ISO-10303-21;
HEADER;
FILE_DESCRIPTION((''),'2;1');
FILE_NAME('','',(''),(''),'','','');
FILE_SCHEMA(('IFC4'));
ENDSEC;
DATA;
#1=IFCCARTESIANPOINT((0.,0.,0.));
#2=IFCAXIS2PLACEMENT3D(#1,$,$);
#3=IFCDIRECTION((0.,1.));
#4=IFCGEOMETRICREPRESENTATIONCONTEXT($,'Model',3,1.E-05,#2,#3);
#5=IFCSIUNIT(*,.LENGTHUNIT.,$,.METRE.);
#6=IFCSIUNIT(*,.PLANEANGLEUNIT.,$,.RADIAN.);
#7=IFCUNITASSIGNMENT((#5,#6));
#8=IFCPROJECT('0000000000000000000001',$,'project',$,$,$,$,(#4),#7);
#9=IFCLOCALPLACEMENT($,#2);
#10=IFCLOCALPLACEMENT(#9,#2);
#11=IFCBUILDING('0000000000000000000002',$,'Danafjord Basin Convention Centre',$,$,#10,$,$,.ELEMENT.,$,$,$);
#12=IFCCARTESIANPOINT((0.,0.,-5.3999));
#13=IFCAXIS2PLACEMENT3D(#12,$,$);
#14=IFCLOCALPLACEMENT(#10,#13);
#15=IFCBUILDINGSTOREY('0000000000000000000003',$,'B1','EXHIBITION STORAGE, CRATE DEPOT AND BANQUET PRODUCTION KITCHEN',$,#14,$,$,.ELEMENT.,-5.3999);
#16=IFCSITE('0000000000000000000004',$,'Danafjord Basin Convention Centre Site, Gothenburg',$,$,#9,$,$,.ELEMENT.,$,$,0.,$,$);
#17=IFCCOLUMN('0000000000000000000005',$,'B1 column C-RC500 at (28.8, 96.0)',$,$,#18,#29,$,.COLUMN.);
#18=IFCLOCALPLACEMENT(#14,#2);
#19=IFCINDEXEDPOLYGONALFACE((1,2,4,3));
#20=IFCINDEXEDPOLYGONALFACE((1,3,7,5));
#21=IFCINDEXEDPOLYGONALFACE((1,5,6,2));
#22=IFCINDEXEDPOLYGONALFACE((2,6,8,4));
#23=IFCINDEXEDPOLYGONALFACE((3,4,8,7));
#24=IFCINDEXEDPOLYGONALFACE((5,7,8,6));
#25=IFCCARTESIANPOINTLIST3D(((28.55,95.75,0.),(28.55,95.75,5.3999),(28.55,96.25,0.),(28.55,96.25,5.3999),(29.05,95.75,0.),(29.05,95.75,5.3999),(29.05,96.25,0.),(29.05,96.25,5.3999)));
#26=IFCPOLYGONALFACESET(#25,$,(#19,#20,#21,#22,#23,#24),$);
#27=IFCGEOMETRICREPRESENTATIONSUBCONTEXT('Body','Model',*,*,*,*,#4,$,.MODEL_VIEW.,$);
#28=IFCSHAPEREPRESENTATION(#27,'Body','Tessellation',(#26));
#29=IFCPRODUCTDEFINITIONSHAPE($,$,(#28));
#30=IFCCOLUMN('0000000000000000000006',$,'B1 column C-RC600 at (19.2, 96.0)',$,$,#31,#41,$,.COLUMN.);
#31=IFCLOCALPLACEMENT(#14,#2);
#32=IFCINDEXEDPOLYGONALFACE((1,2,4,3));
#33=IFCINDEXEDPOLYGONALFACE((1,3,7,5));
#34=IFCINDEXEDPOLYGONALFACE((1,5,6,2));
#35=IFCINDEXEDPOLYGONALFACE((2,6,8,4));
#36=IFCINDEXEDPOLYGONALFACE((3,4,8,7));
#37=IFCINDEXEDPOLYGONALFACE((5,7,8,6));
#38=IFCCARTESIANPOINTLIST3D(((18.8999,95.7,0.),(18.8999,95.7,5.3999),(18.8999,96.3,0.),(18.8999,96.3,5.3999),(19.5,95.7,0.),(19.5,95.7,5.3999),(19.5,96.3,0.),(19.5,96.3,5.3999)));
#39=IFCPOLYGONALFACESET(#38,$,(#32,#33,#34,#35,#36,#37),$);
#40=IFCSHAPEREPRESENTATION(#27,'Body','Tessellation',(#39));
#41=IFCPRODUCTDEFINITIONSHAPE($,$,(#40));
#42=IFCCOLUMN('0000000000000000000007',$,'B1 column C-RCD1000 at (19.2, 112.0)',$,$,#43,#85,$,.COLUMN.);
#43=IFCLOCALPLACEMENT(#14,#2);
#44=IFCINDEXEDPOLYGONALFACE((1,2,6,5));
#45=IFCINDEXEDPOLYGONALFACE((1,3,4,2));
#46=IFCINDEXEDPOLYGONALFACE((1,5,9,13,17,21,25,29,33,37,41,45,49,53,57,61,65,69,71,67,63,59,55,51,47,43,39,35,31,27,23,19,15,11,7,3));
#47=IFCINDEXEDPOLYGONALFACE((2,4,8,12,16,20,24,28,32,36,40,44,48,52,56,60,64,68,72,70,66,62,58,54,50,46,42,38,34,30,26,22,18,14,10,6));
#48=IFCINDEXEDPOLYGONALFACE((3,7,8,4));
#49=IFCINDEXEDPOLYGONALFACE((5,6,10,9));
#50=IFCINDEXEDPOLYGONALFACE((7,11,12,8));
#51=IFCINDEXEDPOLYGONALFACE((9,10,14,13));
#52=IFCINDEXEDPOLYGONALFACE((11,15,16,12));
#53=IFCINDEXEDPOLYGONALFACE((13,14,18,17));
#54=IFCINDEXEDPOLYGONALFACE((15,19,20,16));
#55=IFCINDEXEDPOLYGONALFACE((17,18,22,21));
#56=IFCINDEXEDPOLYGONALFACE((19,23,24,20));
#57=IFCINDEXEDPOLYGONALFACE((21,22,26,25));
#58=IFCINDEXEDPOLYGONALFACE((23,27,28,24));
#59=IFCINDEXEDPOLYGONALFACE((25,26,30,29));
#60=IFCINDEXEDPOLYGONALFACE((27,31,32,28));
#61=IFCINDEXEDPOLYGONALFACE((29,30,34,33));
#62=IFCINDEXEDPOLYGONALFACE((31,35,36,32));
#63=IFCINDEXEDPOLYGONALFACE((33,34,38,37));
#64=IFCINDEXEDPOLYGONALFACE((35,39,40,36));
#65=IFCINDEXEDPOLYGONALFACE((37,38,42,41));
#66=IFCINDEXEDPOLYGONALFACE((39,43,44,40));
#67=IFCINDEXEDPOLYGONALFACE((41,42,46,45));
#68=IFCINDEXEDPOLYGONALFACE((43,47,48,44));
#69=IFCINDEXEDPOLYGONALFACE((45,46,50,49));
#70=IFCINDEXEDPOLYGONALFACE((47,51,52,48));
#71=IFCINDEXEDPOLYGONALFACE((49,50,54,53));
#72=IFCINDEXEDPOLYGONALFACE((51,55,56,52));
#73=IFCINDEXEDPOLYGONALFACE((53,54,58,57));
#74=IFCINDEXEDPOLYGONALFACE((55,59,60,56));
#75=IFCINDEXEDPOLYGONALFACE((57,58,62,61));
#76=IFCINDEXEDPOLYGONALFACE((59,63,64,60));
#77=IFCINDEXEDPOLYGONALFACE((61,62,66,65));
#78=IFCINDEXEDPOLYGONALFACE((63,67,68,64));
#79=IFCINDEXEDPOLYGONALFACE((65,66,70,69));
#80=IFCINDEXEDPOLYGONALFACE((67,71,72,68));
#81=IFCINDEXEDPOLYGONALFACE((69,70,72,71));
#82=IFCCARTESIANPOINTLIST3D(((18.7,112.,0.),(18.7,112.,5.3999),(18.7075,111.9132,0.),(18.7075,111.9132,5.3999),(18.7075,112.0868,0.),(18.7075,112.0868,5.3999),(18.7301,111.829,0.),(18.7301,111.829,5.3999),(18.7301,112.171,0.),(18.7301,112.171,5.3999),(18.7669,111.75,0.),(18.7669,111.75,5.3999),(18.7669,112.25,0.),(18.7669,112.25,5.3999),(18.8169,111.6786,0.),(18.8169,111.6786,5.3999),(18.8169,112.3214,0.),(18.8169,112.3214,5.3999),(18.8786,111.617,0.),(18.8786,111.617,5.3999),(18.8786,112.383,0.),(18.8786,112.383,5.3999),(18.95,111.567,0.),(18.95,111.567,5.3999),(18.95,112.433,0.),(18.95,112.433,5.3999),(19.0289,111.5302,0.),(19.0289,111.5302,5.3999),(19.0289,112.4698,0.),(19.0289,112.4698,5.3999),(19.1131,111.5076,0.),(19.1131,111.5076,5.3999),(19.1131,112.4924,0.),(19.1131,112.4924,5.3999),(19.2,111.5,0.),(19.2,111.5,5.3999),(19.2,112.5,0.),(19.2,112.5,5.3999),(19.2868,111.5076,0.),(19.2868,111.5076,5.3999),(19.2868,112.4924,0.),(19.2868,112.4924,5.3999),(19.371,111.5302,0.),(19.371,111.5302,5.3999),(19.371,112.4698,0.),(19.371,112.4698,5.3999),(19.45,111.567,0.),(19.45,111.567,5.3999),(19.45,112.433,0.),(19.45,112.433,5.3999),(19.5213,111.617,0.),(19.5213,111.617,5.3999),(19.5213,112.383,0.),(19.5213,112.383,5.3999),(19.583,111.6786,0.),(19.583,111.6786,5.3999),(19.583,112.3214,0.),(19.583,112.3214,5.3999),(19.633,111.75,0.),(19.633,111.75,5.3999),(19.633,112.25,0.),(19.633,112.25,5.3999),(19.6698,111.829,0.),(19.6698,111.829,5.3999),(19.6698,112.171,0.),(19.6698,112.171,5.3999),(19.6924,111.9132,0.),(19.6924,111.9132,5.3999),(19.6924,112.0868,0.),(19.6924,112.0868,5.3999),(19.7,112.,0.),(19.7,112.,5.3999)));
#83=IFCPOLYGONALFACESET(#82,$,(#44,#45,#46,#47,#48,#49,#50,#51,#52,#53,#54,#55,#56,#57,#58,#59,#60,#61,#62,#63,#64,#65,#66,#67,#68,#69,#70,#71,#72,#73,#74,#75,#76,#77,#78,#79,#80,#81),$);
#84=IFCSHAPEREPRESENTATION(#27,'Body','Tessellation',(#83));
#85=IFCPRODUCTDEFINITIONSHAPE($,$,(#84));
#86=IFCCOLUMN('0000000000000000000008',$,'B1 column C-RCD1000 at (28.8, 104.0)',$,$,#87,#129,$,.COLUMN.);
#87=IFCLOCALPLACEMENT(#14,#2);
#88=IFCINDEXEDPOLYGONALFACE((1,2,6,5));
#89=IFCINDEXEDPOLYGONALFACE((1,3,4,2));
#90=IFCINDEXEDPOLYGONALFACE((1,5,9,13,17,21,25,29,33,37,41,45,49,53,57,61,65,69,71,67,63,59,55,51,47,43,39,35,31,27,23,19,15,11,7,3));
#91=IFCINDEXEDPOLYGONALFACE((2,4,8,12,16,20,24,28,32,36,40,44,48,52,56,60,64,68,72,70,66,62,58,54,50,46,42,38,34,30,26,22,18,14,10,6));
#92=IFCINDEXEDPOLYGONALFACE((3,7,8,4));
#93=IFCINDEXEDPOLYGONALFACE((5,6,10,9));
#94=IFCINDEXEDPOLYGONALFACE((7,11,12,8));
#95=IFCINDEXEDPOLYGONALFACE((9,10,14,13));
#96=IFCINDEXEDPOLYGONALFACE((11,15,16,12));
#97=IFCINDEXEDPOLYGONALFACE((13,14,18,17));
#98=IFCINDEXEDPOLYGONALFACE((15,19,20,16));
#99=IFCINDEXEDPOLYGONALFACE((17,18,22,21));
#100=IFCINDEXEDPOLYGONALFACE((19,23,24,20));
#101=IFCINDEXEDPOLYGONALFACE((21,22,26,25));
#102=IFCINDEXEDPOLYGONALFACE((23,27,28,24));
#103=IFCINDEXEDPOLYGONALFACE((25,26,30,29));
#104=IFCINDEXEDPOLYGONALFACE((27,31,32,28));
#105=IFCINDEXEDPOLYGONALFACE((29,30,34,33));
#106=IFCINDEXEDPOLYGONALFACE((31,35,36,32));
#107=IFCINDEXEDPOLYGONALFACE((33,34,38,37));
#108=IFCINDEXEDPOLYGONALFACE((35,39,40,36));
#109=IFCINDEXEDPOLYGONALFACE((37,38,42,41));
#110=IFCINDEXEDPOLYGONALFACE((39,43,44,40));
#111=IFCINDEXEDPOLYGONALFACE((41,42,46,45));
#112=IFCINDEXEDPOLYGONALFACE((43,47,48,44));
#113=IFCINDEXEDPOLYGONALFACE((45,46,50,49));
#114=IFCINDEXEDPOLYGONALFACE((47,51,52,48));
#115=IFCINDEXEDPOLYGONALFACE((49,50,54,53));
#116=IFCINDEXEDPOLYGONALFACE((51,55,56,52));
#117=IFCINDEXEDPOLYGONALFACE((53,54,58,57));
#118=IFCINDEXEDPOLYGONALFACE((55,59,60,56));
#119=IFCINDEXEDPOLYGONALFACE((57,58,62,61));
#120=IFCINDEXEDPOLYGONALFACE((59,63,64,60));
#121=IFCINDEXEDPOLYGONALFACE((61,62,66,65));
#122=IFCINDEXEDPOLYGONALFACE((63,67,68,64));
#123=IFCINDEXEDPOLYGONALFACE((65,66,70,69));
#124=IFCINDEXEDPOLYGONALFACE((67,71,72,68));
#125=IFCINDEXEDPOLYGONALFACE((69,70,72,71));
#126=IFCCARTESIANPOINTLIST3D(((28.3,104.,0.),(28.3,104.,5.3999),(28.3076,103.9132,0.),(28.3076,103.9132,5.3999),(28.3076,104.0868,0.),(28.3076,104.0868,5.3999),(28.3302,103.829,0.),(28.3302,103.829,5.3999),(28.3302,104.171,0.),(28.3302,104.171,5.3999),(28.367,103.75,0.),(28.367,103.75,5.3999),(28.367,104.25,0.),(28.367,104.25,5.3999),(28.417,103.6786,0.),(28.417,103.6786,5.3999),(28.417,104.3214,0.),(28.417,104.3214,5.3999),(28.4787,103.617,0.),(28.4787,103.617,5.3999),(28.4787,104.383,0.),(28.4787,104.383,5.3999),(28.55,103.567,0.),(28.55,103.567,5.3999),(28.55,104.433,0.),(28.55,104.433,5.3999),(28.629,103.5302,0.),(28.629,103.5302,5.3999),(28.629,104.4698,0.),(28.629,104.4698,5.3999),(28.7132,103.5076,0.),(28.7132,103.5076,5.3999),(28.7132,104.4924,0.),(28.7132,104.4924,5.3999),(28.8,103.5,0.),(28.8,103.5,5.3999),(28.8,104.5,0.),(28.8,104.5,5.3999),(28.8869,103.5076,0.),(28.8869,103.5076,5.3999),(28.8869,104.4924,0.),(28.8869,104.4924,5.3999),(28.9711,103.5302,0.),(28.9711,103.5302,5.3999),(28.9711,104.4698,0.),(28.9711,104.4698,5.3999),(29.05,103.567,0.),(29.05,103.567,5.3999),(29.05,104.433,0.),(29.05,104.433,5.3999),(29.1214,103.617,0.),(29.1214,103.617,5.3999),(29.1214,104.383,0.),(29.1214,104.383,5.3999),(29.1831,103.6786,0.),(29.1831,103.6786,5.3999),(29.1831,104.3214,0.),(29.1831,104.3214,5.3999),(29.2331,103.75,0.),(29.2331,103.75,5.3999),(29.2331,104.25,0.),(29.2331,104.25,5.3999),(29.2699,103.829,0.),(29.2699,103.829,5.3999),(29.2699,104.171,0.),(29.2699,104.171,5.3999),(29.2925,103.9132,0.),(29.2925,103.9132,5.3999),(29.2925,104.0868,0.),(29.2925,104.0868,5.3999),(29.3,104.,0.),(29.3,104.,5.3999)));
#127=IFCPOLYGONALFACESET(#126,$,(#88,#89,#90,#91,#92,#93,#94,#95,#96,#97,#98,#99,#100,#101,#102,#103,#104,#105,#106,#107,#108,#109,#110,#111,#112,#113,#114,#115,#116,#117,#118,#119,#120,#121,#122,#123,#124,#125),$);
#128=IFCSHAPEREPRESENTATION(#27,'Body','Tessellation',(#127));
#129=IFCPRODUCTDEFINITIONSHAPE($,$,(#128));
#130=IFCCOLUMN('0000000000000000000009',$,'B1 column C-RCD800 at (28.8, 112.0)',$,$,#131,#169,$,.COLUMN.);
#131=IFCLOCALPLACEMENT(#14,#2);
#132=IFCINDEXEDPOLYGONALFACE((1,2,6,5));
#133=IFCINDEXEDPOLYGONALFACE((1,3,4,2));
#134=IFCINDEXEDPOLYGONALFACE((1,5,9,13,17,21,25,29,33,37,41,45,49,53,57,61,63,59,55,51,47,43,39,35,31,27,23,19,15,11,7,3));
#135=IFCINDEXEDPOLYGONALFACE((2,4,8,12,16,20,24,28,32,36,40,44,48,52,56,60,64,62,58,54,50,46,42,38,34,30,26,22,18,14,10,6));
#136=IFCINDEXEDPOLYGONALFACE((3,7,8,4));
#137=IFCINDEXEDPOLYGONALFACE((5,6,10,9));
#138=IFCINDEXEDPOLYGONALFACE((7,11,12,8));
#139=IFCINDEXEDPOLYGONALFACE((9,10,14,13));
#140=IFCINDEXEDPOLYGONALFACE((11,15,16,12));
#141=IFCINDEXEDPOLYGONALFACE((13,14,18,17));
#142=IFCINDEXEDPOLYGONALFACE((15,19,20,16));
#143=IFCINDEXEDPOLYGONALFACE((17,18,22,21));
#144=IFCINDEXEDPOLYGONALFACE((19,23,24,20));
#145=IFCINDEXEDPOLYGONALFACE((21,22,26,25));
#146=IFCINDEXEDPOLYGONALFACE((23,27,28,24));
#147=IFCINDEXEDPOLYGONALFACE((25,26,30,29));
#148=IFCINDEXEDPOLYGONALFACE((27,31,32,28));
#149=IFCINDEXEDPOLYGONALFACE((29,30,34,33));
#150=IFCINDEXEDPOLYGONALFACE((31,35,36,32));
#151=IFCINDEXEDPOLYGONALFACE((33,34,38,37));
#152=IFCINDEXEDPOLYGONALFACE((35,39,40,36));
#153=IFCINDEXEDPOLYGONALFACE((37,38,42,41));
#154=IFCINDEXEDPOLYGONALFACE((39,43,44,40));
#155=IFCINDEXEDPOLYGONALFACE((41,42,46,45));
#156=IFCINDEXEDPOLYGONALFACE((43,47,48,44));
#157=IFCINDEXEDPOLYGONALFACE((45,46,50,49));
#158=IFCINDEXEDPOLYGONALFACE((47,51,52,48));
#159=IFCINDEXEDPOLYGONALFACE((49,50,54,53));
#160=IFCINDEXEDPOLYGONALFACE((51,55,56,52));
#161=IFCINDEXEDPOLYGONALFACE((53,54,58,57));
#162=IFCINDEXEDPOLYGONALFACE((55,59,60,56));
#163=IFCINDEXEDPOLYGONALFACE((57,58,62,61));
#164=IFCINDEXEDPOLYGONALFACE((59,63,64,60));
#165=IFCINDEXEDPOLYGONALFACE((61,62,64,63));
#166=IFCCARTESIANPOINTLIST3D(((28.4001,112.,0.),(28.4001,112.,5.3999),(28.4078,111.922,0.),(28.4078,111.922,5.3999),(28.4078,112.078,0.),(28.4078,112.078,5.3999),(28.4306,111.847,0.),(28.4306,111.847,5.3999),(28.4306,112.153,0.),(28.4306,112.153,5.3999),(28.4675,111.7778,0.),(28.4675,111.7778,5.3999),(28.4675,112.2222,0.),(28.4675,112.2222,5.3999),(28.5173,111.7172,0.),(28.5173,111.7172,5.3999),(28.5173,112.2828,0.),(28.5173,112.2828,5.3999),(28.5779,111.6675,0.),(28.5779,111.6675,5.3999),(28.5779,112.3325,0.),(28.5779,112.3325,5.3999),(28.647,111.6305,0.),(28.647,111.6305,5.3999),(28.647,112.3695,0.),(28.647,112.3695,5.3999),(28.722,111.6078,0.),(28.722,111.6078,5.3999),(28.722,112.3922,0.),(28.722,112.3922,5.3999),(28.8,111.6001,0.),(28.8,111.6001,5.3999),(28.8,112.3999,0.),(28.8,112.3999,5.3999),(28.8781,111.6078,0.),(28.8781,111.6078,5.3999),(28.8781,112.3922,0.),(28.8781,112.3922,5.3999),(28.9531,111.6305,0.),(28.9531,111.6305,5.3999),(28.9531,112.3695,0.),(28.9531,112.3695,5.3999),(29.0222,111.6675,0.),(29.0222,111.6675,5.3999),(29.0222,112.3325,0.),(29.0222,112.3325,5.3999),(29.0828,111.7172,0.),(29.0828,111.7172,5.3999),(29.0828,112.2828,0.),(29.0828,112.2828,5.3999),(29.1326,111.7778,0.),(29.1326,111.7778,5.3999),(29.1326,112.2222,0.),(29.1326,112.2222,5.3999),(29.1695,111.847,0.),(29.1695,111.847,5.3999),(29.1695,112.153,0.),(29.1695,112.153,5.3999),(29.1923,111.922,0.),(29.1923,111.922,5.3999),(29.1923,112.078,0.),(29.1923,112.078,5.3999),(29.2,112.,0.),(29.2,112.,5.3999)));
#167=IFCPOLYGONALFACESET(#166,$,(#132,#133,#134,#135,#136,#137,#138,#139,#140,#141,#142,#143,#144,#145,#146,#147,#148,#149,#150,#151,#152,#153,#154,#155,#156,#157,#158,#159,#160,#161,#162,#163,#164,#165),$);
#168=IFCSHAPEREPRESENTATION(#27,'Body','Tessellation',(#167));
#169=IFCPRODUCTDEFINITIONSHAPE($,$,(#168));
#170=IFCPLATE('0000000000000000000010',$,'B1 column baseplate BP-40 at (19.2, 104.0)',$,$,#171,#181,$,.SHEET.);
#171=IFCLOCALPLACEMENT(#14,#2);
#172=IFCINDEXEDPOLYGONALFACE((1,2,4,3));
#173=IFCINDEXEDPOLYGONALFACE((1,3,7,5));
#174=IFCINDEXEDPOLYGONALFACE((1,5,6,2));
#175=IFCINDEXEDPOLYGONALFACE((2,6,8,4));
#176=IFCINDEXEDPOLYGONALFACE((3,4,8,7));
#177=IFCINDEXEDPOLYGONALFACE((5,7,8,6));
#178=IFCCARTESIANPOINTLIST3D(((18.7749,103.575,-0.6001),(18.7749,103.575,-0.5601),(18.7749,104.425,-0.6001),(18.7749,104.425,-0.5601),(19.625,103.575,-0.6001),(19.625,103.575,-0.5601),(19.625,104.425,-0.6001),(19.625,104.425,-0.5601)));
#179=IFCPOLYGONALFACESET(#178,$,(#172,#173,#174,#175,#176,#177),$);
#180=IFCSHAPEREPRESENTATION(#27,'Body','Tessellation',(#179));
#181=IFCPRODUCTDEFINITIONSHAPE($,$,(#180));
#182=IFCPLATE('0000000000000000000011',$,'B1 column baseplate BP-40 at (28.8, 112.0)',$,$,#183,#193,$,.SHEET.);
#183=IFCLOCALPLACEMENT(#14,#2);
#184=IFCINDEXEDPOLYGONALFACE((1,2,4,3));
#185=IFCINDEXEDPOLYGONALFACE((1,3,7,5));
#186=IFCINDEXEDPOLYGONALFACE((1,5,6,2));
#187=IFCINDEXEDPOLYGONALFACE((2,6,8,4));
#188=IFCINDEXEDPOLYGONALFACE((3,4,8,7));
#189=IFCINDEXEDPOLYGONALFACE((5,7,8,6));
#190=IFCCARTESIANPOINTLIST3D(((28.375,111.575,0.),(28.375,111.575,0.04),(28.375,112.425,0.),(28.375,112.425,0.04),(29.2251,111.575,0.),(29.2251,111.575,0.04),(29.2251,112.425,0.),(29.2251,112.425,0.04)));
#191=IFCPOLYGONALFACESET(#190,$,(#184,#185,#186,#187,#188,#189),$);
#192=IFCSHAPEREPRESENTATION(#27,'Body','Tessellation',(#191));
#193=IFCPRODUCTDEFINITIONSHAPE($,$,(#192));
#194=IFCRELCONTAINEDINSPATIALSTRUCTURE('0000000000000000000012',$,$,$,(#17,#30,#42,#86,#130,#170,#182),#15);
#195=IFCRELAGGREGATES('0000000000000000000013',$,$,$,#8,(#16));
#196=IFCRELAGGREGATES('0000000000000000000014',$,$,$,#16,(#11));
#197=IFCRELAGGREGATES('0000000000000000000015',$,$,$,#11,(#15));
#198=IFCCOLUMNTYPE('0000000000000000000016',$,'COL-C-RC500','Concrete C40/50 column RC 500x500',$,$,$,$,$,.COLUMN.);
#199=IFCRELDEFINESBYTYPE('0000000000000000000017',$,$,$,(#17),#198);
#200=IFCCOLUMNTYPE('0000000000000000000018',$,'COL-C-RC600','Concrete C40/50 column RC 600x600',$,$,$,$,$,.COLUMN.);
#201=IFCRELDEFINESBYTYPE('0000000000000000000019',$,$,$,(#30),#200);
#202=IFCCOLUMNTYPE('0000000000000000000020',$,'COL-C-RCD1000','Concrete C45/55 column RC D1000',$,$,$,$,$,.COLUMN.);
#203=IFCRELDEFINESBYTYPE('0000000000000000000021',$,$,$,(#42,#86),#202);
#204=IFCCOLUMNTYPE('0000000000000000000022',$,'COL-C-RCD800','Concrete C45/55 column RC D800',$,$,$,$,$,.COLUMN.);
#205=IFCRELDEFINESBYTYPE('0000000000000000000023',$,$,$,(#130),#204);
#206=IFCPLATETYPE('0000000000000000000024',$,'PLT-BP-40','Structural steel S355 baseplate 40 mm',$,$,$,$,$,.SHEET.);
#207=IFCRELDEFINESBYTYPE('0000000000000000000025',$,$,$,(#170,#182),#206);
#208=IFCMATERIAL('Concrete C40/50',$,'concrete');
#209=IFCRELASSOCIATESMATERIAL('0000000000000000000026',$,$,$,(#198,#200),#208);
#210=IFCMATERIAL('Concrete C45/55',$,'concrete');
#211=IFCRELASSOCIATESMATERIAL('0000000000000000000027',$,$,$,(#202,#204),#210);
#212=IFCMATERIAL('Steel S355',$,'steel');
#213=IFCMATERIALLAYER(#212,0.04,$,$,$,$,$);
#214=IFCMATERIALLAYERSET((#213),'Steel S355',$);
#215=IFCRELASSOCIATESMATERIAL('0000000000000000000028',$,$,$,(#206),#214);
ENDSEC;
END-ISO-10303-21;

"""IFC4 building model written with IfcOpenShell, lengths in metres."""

from ifc_helpers import new_model, si_unit, direction, frame, origin, origin_2d, place, context, subcontext, project, spatial, rectangle, circle, extrude, material, layer, layer_set, material_profile, profile_set, type_object, element, save


model = new_model("IFC4")

# Units and contexts
model_context = context("Model", 3, precision=1e-05, world=origin(), true_north=direction((0.0, 1.0)))
body_context = subcontext(model_context, "Body", "Model", "MODEL_VIEW")
ifc_project = project(units=[si_unit("LENGTHUNIT", "METRE"), si_unit("PLANEANGLEUNIT", "RADIAN")], contexts=[model_context])

# Site, building, storey
site_placement = place(None, origin())
site = spatial("IfcSite", under=ifc_project, at=site_placement, Name="Danafjord Basin Convention Centre Site, Gothenburg", CompositionType="ELEMENT", RefElevation=0.0)
building_placement = place(site_placement, origin())
building = spatial("IfcBuilding", under=site, at=building_placement, Name="Danafjord Basin Convention Centre", CompositionType="ELEMENT")
storey_placement = place(building_placement, frame((0.0, 0.0, -5.3999)))
storey = spatial("IfcBuildingStorey", under=building, at=storey_placement, Name="B1", Description="EXHIBITION STORAGE, CRATE DEPOT AND BANQUET PRODUCTION KITCHEN", CompositionType="ELEMENT", Elevation=-5.3999)

# Shared definitions
ifc_material_1 = material(Name="Concrete C40/50", Category="concrete")

# Columns
ifc_material_profile_1 = material_profile(ifc_material_1, rectangle(XDim=0.5, YDim=0.5, at=origin_2d()), Name="RC 500x500")
ifc_profile_set_1 = profile_set([ifc_material_profile_1], Name="Concrete C40/50")
column_type_1 = type_object("IfcColumnType", Name="COL-C-RC500", Description="Concrete C40/50 column RC 500x500", PredefinedType="COLUMN", material=ifc_profile_set_1)
for number, where, z_axis, x_axis, name in (
    (1, (28.8, 96.0, 0.0), (0.0, 0.0, 1.0), (1.0, 0.0, 0.0), "B1 column C-RC500 at (28.8, 96.0)"),
):
    element("IfcColumn", number, at=place(storey_placement, frame(where, z_axis=z_axis, x_axis=x_axis)), inside=storey, type_object=column_type_1, Name=name, PredefinedType="COLUMN", context=body_context, shape_type="SweptSolid", body=[
        extrude(rectangle(XDim=0.5, YDim=0.5, at=origin_2d()), origin(), (0.0, 0.0, 1.0), 5.3999),
    ])
ifc_material_profile_2 = material_profile(ifc_material_1, rectangle(XDim=0.6001, YDim=0.6001, at=origin_2d()), Name="RC 600x600")
ifc_profile_set_2 = profile_set([ifc_material_profile_2], Name="Concrete C40/50")
column_type_2 = type_object("IfcColumnType", Name="COL-C-RC600", Description="Concrete C40/50 column RC 600x600", PredefinedType="COLUMN", material=ifc_profile_set_2)
column_1_placement = place(storey_placement, frame((19.2, 96.0, 0.0), z_axis=(0.0, 0.0, 1.0), x_axis=(1.0, 0.0, 0.0)))
element("IfcColumn", 2, at=column_1_placement, inside=storey, type_object=column_type_2, Name="B1 column C-RC600 at (19.2, 96.0)", PredefinedType="COLUMN", context=body_context, shape_type="SweptSolid", body=[
    extrude(rectangle(XDim=0.6001, YDim=0.6001, at=origin_2d()), origin(), (0.0, 0.0, 1.0), 5.3999),
])
ifc_material_2 = material(Name="Concrete C45/55", Category="concrete")
ifc_material_profile_3 = material_profile(ifc_material_2, circle(Radius=0.5, at=origin_2d()), Name="RC D1000")
ifc_profile_set_3 = profile_set([ifc_material_profile_3], Name="Concrete C45/55")
column_type_3 = type_object("IfcColumnType", Name="COL-C-RCD1000", Description="Concrete C45/55 column RC D1000", PredefinedType="COLUMN", material=ifc_profile_set_3)
for number, where, z_axis, x_axis, name in (
    (3, (19.2, 112.0, 0.0), (0.0, 0.0, 1.0), (1.0, 0.0, 0.0), "B1 column C-RCD1000 at (19.2, 112.0)"),
    (4, (28.8, 104.0, 0.0), (0.0, 0.0, 1.0), (1.0, 0.0, 0.0), "B1 column C-RCD1000 at (28.8, 104.0)"),
):
    element("IfcColumn", number, at=place(storey_placement, frame(where, z_axis=z_axis, x_axis=x_axis)), inside=storey, type_object=column_type_3, Name=name, PredefinedType="COLUMN", context=body_context, shape_type="SweptSolid", body=[
        extrude(circle(Radius=0.5, at=origin_2d()), origin(), (0.0, 0.0, 1.0), 5.3999),
    ])
ifc_material_profile_4 = material_profile(ifc_material_2, circle(Radius=0.3999, at=origin_2d()), Name="RC D800")
ifc_profile_set_4 = profile_set([ifc_material_profile_4], Name="Concrete C45/55")
column_type_4 = type_object("IfcColumnType", Name="COL-C-RCD800", Description="Concrete C45/55 column RC D800", PredefinedType="COLUMN", material=ifc_profile_set_4)
column_2_placement = place(storey_placement, frame((28.8, 112.0, 0.0), z_axis=(0.0, 0.0, 1.0), x_axis=(1.0, 0.0, 0.0)))
element("IfcColumn", 5, at=column_2_placement, inside=storey, type_object=column_type_4, Name="B1 column C-RCD800 at (28.8, 112.0)", PredefinedType="COLUMN", context=body_context, shape_type="SweptSolid", body=[
    extrude(circle(Radius=0.3999, at=origin_2d()), origin(), (0.0, 0.0, 1.0), 5.3999),
])

# Plates
ifc_material_3 = material(Name="Steel S355", Category="steel")
ifc_layer = layer(ifc_material_3, 0.04)
ifc_layer_set = layer_set([ifc_layer], Name="Steel S355")
plate_type = type_object("IfcPlateType", Name="PLT-BP-40", Description="Structural steel S355 baseplate 40 mm", PredefinedType="SHEET", material=ifc_layer_set)
for number, where, z_axis, x_axis, name in (
    (6, (19.2, 104.0, -0.6001), (0.0, 0.0, 1.0), (1.0, 0.0, 0.0), "B1 column baseplate BP-40 at (19.2, 104.0)"),
    (7, (28.8, 112.0, 0.0), (0.0, 0.0, 1.0), (1.0, 0.0, 0.0), "B1 column baseplate BP-40 at (28.8, 112.0)"),
):
    element("IfcPlate", number, at=place(storey_placement, frame(where, z_axis=z_axis, x_axis=x_axis)), inside=storey, type_object=plate_type, Name=name, PredefinedType="SHEET", context=body_context, shape_type="SweptSolid", body=[
        extrude(rectangle(XDim=0.8501, YDim=0.8501, at=origin_2d()), origin(), (0.0, 0.0, 1.0), 0.04),
    ])

save(model, "model.ifc")
